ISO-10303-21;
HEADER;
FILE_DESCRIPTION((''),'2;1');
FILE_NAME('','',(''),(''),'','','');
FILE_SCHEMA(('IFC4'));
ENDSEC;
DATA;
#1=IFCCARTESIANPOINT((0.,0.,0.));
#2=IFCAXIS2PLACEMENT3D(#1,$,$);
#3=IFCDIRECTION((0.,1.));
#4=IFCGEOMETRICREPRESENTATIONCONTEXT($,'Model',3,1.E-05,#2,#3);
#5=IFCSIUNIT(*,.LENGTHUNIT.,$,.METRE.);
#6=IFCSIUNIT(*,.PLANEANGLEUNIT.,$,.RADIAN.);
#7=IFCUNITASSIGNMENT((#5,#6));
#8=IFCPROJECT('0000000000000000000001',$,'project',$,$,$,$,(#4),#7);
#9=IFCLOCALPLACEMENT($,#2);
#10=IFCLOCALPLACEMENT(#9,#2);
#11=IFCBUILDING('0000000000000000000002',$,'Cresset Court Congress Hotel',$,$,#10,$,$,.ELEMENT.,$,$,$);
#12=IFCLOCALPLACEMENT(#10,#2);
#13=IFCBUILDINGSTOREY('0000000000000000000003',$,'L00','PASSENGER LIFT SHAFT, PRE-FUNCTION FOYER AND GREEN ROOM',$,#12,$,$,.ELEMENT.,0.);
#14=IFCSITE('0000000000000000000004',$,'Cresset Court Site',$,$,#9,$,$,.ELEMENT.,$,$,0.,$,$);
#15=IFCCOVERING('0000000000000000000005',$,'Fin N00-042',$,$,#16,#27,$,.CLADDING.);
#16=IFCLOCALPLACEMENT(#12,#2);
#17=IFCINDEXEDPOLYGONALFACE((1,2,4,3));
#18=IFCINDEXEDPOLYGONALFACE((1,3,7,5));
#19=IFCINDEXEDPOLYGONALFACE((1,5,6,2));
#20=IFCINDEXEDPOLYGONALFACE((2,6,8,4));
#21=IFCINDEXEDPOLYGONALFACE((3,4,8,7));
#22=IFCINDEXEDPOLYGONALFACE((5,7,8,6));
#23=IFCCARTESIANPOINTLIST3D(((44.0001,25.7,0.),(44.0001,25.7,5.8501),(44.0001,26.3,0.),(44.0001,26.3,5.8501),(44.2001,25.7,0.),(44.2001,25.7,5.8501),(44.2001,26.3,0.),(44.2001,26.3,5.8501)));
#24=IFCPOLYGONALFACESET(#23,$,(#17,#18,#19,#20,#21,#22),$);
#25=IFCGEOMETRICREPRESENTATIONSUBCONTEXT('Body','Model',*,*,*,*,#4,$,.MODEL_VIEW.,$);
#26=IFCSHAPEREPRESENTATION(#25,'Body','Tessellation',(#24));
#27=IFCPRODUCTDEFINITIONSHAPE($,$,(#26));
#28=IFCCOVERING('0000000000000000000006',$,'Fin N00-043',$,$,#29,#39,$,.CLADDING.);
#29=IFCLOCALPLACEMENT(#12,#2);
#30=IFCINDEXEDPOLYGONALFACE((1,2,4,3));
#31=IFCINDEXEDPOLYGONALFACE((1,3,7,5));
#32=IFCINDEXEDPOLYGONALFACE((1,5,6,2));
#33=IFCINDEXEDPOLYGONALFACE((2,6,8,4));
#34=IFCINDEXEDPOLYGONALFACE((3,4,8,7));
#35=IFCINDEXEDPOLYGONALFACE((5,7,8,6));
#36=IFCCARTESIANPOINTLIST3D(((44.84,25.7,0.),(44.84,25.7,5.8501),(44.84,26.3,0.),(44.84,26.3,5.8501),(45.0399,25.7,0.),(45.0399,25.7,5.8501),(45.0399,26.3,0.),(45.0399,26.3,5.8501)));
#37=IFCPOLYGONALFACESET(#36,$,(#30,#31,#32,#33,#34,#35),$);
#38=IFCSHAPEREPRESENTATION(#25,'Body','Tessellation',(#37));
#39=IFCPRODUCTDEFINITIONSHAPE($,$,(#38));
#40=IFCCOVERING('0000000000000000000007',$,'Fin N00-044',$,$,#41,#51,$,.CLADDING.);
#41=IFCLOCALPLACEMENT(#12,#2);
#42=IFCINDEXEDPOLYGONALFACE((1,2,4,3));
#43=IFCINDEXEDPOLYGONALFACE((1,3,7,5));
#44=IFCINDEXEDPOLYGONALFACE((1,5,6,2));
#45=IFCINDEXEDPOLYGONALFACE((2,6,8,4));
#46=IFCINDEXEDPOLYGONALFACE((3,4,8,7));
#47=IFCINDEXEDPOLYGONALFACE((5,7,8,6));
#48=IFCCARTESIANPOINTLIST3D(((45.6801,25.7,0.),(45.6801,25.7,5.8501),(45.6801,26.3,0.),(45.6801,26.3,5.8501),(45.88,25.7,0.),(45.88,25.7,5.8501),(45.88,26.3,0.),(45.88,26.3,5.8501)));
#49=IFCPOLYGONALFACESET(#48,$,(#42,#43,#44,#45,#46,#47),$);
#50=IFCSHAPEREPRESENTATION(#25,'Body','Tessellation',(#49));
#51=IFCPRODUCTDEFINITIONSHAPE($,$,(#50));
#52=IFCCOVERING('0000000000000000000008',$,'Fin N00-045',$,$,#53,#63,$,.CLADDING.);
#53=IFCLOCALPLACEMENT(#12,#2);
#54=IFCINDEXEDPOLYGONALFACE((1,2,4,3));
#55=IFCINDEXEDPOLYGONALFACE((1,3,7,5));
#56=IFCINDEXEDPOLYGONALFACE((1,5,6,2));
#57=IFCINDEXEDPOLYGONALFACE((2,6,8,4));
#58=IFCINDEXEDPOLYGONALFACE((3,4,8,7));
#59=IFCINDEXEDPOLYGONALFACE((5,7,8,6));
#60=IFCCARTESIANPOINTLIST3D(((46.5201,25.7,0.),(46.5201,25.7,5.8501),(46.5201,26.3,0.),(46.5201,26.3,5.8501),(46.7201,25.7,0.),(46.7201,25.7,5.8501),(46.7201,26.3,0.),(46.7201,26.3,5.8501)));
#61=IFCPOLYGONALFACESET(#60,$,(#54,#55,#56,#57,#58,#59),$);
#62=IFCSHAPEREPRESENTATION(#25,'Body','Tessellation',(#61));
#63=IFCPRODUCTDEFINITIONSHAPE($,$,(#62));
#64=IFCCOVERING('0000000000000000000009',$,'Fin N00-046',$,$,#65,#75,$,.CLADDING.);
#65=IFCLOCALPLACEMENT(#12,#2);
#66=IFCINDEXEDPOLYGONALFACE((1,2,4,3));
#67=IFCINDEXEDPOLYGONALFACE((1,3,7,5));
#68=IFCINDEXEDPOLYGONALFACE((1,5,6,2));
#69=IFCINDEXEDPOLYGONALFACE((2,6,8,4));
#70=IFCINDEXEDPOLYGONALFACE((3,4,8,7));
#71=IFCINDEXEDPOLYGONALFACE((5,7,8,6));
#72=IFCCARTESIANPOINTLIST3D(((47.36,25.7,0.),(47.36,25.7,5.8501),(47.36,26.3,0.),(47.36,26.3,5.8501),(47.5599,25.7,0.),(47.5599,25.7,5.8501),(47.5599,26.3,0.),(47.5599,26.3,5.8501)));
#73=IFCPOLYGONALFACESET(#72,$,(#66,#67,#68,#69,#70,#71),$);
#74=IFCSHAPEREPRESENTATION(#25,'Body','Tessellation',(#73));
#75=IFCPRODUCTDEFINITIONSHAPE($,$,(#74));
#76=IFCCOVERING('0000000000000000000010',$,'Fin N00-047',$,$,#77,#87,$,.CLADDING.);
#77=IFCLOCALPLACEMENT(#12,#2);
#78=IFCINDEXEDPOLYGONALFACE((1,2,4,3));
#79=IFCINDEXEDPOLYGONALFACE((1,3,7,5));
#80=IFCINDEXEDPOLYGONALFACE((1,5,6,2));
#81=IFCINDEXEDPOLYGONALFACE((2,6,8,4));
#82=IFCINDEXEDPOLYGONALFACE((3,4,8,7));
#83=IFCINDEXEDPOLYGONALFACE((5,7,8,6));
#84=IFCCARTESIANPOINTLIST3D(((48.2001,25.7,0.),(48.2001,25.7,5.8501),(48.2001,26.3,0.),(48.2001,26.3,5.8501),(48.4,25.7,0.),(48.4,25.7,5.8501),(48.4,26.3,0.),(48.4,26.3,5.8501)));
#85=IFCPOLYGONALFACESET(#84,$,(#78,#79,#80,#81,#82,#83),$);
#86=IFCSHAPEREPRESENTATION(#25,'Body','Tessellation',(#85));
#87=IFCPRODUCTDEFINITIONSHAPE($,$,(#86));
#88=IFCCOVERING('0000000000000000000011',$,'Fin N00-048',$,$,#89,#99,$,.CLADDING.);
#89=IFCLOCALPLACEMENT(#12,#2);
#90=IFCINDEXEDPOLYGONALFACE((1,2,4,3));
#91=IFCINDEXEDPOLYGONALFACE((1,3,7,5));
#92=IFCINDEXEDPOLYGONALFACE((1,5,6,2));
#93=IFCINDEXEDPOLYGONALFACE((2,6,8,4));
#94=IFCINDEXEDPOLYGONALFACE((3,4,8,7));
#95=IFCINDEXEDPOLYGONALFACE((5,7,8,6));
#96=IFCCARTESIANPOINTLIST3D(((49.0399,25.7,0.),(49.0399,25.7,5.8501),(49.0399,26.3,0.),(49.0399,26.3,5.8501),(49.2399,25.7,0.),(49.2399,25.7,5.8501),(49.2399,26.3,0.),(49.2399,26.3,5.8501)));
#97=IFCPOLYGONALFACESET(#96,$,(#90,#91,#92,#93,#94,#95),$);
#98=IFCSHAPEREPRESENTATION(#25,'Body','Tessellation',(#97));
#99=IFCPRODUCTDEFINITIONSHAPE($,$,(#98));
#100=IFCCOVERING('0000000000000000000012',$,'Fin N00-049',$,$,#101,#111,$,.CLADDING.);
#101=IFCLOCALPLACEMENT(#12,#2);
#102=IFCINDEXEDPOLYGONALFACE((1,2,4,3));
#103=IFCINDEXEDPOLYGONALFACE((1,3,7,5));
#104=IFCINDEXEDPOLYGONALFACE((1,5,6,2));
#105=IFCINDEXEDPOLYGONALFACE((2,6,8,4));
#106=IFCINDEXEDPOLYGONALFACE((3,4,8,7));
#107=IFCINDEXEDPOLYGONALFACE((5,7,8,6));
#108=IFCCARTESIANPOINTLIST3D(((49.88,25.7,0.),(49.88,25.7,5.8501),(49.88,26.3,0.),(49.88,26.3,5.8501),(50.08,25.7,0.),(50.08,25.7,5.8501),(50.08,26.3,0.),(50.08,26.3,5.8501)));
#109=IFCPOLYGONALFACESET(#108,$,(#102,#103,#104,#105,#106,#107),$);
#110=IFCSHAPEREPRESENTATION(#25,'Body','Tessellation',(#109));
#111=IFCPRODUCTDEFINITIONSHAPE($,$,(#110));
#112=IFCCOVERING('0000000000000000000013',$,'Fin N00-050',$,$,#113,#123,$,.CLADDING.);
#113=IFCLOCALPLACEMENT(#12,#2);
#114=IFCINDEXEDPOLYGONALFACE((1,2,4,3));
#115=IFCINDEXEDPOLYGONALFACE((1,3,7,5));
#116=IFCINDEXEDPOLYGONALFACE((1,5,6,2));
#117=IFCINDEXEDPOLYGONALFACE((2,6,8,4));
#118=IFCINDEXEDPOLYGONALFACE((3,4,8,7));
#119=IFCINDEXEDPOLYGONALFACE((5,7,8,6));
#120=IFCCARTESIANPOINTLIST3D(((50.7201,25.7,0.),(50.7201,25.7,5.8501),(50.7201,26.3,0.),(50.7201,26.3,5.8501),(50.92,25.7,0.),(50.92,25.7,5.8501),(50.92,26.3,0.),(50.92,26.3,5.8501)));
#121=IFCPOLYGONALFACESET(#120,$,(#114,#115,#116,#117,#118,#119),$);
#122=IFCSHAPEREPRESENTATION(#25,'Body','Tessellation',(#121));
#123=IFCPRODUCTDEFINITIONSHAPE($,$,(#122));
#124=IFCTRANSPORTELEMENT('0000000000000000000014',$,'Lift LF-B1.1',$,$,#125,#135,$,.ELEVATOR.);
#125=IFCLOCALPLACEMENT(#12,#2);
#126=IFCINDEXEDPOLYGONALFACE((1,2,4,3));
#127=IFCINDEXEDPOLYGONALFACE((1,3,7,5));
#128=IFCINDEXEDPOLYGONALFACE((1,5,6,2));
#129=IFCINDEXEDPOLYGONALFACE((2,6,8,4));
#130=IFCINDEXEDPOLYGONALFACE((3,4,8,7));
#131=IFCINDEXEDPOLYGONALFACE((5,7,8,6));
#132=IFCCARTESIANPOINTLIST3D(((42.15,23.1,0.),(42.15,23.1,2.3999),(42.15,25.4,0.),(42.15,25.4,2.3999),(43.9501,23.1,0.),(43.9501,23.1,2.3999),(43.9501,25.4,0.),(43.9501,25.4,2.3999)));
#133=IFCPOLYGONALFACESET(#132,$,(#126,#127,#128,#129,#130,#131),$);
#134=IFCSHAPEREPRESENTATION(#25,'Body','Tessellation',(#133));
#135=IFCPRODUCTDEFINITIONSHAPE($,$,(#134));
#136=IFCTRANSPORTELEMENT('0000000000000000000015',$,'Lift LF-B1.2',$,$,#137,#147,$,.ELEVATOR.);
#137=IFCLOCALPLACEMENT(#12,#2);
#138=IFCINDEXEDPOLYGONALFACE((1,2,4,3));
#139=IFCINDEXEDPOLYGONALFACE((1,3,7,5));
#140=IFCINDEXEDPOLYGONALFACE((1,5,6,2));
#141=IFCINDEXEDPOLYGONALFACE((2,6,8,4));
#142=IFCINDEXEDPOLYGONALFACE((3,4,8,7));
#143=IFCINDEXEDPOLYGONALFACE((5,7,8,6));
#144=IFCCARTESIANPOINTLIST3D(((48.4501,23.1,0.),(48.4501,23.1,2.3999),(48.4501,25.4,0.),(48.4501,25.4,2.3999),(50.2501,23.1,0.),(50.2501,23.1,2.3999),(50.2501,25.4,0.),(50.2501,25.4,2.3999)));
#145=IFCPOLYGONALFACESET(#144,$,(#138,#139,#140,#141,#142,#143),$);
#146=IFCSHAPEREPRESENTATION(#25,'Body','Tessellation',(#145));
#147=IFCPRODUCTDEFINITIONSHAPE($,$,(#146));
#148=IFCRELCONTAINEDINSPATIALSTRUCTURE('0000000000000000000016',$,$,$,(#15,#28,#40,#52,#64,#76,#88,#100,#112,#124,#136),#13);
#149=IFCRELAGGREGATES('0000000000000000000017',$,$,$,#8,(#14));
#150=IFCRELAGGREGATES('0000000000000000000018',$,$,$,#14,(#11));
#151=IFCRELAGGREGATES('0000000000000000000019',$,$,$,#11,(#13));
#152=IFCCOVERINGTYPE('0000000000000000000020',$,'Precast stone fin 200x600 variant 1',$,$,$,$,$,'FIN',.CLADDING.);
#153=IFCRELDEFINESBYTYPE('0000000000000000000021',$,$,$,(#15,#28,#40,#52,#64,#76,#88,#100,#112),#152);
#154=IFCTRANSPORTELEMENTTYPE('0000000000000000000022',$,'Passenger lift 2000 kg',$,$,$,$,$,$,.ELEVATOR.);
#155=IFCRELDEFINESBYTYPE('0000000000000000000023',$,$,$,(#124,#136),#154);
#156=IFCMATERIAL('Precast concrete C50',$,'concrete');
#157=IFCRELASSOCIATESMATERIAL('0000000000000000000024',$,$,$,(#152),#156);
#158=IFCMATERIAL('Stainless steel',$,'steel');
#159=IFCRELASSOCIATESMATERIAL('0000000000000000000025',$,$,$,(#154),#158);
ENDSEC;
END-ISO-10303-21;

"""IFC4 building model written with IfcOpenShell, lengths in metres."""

from ifc_helpers import new_model, si_unit, direction, frame, origin, origin_2d, place, context, subcontext, project, spatial, rectangle, extrude, material, type_object, element, save


model = new_model("IFC4")

# Units and contexts
model_context = context("Model", 3, precision=1e-05, world=origin(), true_north=direction((0.0, 1.0)))
body_context = subcontext(model_context, "Body", "Model", "MODEL_VIEW")
ifc_project = project(units=[si_unit("LENGTHUNIT", "METRE"), si_unit("PLANEANGLEUNIT", "RADIAN")], contexts=[model_context])

# Site, building, storey
site_placement = place(None, origin())
site = spatial("IfcSite", under=ifc_project, at=site_placement, Name="Cresset Court Site", CompositionType="ELEMENT", RefElevation=0.0)
building_placement = place(site_placement, origin())
building = spatial("IfcBuilding", under=site, at=building_placement, Name="Cresset Court Congress Hotel", CompositionType="ELEMENT")
storey_placement = place(building_placement, origin())
storey = spatial("IfcBuildingStorey", under=building, at=storey_placement, Name="L00", Description="PASSENGER LIFT SHAFT, PRE-FUNCTION FOYER AND GREEN ROOM", CompositionType="ELEMENT", Elevation=0.0)

# Coverings
ifc_material_1 = material(Name="Precast concrete C50", Category="concrete")
covering_type = type_object("IfcCoveringType", Name="Precast stone fin 200x600 variant 1", ElementType="FIN", PredefinedType="CLADDING", material=ifc_material_1)
for number, where, z_axis, x_axis, name in (
    (1, (44.1001, 26.0, 0.0), (0.0, 0.0, 1.0), (1.0, 0.0, 0.0), "Fin N00-042"),
    (2, (44.9399, 26.0, 0.0), (0.0, 0.0, 1.0), (1.0, 0.0, 0.0), "Fin N00-043"),
    (3, (45.78, 26.0, 0.0), (0.0, 0.0, 1.0), (1.0, 0.0, 0.0), "Fin N00-044"),
    (4, (46.6201, 26.0, 0.0), (0.0, 0.0, 1.0), (1.0, 0.0, 0.0), "Fin N00-045"),
    (5, (47.46, 26.0, 0.0), (0.0, 0.0, 1.0), (1.0, 0.0, 0.0), "Fin N00-046"),
    (6, (48.3, 26.0, 0.0), (0.0, 0.0, 1.0), (1.0, 0.0, 0.0), "Fin N00-047"),
    (7, (49.1399, 26.0, 0.0), (0.0, 0.0, 1.0), (1.0, 0.0, 0.0), "Fin N00-048"),
    (8, (49.98, 26.0, 0.0), (0.0, 0.0, 1.0), (1.0, 0.0, 0.0), "Fin N00-049"),
    (9, (50.8201, 26.0, 0.0), (0.0, 0.0, 1.0), (1.0, 0.0, 0.0), "Fin N00-050"),
):
    element("IfcCovering", number, at=place(storey_placement, frame(where, z_axis=z_axis, x_axis=x_axis)), inside=storey, type_object=covering_type, Name=name, PredefinedType="CLADDING", context=body_context, shape_type="SweptSolid", body=[
        extrude(rectangle(XDim=0.2, YDim=0.6001, at=origin_2d()), origin(), (0.0, 0.0, 1.0), 5.8501),
    ])

# Transport elements
ifc_material_2 = material(Name="Stainless steel", Category="steel")
transport_element_type = type_object("IfcTransportElementType", Name="Passenger lift 2000 kg", PredefinedType="ELEVATOR", material=ifc_material_2)
for number, where, z_axis, x_axis, name in (
    (10, (43.05, 24.25, 0.0), (0.0, 0.0, 1.0), (1.0, 0.0, 0.0), "Lift LF-B1.1"),
    (11, (49.3501, 24.25, 0.0), (0.0, 0.0, 1.0), (1.0, 0.0, 0.0), "Lift LF-B1.2"),
):
    element("IfcTransportElement", number, at=place(storey_placement, frame(where, z_axis=z_axis, x_axis=x_axis)), inside=storey, type_object=transport_element_type, Name=name, PredefinedType="ELEVATOR", context=body_context, shape_type="SweptSolid", body=[
        extrude(rectangle(XDim=1.8, YDim=2.3, at=origin_2d()), origin(), (0.0, 0.0, 1.0), 2.3999),
    ])

save(model, "model.ifc")
